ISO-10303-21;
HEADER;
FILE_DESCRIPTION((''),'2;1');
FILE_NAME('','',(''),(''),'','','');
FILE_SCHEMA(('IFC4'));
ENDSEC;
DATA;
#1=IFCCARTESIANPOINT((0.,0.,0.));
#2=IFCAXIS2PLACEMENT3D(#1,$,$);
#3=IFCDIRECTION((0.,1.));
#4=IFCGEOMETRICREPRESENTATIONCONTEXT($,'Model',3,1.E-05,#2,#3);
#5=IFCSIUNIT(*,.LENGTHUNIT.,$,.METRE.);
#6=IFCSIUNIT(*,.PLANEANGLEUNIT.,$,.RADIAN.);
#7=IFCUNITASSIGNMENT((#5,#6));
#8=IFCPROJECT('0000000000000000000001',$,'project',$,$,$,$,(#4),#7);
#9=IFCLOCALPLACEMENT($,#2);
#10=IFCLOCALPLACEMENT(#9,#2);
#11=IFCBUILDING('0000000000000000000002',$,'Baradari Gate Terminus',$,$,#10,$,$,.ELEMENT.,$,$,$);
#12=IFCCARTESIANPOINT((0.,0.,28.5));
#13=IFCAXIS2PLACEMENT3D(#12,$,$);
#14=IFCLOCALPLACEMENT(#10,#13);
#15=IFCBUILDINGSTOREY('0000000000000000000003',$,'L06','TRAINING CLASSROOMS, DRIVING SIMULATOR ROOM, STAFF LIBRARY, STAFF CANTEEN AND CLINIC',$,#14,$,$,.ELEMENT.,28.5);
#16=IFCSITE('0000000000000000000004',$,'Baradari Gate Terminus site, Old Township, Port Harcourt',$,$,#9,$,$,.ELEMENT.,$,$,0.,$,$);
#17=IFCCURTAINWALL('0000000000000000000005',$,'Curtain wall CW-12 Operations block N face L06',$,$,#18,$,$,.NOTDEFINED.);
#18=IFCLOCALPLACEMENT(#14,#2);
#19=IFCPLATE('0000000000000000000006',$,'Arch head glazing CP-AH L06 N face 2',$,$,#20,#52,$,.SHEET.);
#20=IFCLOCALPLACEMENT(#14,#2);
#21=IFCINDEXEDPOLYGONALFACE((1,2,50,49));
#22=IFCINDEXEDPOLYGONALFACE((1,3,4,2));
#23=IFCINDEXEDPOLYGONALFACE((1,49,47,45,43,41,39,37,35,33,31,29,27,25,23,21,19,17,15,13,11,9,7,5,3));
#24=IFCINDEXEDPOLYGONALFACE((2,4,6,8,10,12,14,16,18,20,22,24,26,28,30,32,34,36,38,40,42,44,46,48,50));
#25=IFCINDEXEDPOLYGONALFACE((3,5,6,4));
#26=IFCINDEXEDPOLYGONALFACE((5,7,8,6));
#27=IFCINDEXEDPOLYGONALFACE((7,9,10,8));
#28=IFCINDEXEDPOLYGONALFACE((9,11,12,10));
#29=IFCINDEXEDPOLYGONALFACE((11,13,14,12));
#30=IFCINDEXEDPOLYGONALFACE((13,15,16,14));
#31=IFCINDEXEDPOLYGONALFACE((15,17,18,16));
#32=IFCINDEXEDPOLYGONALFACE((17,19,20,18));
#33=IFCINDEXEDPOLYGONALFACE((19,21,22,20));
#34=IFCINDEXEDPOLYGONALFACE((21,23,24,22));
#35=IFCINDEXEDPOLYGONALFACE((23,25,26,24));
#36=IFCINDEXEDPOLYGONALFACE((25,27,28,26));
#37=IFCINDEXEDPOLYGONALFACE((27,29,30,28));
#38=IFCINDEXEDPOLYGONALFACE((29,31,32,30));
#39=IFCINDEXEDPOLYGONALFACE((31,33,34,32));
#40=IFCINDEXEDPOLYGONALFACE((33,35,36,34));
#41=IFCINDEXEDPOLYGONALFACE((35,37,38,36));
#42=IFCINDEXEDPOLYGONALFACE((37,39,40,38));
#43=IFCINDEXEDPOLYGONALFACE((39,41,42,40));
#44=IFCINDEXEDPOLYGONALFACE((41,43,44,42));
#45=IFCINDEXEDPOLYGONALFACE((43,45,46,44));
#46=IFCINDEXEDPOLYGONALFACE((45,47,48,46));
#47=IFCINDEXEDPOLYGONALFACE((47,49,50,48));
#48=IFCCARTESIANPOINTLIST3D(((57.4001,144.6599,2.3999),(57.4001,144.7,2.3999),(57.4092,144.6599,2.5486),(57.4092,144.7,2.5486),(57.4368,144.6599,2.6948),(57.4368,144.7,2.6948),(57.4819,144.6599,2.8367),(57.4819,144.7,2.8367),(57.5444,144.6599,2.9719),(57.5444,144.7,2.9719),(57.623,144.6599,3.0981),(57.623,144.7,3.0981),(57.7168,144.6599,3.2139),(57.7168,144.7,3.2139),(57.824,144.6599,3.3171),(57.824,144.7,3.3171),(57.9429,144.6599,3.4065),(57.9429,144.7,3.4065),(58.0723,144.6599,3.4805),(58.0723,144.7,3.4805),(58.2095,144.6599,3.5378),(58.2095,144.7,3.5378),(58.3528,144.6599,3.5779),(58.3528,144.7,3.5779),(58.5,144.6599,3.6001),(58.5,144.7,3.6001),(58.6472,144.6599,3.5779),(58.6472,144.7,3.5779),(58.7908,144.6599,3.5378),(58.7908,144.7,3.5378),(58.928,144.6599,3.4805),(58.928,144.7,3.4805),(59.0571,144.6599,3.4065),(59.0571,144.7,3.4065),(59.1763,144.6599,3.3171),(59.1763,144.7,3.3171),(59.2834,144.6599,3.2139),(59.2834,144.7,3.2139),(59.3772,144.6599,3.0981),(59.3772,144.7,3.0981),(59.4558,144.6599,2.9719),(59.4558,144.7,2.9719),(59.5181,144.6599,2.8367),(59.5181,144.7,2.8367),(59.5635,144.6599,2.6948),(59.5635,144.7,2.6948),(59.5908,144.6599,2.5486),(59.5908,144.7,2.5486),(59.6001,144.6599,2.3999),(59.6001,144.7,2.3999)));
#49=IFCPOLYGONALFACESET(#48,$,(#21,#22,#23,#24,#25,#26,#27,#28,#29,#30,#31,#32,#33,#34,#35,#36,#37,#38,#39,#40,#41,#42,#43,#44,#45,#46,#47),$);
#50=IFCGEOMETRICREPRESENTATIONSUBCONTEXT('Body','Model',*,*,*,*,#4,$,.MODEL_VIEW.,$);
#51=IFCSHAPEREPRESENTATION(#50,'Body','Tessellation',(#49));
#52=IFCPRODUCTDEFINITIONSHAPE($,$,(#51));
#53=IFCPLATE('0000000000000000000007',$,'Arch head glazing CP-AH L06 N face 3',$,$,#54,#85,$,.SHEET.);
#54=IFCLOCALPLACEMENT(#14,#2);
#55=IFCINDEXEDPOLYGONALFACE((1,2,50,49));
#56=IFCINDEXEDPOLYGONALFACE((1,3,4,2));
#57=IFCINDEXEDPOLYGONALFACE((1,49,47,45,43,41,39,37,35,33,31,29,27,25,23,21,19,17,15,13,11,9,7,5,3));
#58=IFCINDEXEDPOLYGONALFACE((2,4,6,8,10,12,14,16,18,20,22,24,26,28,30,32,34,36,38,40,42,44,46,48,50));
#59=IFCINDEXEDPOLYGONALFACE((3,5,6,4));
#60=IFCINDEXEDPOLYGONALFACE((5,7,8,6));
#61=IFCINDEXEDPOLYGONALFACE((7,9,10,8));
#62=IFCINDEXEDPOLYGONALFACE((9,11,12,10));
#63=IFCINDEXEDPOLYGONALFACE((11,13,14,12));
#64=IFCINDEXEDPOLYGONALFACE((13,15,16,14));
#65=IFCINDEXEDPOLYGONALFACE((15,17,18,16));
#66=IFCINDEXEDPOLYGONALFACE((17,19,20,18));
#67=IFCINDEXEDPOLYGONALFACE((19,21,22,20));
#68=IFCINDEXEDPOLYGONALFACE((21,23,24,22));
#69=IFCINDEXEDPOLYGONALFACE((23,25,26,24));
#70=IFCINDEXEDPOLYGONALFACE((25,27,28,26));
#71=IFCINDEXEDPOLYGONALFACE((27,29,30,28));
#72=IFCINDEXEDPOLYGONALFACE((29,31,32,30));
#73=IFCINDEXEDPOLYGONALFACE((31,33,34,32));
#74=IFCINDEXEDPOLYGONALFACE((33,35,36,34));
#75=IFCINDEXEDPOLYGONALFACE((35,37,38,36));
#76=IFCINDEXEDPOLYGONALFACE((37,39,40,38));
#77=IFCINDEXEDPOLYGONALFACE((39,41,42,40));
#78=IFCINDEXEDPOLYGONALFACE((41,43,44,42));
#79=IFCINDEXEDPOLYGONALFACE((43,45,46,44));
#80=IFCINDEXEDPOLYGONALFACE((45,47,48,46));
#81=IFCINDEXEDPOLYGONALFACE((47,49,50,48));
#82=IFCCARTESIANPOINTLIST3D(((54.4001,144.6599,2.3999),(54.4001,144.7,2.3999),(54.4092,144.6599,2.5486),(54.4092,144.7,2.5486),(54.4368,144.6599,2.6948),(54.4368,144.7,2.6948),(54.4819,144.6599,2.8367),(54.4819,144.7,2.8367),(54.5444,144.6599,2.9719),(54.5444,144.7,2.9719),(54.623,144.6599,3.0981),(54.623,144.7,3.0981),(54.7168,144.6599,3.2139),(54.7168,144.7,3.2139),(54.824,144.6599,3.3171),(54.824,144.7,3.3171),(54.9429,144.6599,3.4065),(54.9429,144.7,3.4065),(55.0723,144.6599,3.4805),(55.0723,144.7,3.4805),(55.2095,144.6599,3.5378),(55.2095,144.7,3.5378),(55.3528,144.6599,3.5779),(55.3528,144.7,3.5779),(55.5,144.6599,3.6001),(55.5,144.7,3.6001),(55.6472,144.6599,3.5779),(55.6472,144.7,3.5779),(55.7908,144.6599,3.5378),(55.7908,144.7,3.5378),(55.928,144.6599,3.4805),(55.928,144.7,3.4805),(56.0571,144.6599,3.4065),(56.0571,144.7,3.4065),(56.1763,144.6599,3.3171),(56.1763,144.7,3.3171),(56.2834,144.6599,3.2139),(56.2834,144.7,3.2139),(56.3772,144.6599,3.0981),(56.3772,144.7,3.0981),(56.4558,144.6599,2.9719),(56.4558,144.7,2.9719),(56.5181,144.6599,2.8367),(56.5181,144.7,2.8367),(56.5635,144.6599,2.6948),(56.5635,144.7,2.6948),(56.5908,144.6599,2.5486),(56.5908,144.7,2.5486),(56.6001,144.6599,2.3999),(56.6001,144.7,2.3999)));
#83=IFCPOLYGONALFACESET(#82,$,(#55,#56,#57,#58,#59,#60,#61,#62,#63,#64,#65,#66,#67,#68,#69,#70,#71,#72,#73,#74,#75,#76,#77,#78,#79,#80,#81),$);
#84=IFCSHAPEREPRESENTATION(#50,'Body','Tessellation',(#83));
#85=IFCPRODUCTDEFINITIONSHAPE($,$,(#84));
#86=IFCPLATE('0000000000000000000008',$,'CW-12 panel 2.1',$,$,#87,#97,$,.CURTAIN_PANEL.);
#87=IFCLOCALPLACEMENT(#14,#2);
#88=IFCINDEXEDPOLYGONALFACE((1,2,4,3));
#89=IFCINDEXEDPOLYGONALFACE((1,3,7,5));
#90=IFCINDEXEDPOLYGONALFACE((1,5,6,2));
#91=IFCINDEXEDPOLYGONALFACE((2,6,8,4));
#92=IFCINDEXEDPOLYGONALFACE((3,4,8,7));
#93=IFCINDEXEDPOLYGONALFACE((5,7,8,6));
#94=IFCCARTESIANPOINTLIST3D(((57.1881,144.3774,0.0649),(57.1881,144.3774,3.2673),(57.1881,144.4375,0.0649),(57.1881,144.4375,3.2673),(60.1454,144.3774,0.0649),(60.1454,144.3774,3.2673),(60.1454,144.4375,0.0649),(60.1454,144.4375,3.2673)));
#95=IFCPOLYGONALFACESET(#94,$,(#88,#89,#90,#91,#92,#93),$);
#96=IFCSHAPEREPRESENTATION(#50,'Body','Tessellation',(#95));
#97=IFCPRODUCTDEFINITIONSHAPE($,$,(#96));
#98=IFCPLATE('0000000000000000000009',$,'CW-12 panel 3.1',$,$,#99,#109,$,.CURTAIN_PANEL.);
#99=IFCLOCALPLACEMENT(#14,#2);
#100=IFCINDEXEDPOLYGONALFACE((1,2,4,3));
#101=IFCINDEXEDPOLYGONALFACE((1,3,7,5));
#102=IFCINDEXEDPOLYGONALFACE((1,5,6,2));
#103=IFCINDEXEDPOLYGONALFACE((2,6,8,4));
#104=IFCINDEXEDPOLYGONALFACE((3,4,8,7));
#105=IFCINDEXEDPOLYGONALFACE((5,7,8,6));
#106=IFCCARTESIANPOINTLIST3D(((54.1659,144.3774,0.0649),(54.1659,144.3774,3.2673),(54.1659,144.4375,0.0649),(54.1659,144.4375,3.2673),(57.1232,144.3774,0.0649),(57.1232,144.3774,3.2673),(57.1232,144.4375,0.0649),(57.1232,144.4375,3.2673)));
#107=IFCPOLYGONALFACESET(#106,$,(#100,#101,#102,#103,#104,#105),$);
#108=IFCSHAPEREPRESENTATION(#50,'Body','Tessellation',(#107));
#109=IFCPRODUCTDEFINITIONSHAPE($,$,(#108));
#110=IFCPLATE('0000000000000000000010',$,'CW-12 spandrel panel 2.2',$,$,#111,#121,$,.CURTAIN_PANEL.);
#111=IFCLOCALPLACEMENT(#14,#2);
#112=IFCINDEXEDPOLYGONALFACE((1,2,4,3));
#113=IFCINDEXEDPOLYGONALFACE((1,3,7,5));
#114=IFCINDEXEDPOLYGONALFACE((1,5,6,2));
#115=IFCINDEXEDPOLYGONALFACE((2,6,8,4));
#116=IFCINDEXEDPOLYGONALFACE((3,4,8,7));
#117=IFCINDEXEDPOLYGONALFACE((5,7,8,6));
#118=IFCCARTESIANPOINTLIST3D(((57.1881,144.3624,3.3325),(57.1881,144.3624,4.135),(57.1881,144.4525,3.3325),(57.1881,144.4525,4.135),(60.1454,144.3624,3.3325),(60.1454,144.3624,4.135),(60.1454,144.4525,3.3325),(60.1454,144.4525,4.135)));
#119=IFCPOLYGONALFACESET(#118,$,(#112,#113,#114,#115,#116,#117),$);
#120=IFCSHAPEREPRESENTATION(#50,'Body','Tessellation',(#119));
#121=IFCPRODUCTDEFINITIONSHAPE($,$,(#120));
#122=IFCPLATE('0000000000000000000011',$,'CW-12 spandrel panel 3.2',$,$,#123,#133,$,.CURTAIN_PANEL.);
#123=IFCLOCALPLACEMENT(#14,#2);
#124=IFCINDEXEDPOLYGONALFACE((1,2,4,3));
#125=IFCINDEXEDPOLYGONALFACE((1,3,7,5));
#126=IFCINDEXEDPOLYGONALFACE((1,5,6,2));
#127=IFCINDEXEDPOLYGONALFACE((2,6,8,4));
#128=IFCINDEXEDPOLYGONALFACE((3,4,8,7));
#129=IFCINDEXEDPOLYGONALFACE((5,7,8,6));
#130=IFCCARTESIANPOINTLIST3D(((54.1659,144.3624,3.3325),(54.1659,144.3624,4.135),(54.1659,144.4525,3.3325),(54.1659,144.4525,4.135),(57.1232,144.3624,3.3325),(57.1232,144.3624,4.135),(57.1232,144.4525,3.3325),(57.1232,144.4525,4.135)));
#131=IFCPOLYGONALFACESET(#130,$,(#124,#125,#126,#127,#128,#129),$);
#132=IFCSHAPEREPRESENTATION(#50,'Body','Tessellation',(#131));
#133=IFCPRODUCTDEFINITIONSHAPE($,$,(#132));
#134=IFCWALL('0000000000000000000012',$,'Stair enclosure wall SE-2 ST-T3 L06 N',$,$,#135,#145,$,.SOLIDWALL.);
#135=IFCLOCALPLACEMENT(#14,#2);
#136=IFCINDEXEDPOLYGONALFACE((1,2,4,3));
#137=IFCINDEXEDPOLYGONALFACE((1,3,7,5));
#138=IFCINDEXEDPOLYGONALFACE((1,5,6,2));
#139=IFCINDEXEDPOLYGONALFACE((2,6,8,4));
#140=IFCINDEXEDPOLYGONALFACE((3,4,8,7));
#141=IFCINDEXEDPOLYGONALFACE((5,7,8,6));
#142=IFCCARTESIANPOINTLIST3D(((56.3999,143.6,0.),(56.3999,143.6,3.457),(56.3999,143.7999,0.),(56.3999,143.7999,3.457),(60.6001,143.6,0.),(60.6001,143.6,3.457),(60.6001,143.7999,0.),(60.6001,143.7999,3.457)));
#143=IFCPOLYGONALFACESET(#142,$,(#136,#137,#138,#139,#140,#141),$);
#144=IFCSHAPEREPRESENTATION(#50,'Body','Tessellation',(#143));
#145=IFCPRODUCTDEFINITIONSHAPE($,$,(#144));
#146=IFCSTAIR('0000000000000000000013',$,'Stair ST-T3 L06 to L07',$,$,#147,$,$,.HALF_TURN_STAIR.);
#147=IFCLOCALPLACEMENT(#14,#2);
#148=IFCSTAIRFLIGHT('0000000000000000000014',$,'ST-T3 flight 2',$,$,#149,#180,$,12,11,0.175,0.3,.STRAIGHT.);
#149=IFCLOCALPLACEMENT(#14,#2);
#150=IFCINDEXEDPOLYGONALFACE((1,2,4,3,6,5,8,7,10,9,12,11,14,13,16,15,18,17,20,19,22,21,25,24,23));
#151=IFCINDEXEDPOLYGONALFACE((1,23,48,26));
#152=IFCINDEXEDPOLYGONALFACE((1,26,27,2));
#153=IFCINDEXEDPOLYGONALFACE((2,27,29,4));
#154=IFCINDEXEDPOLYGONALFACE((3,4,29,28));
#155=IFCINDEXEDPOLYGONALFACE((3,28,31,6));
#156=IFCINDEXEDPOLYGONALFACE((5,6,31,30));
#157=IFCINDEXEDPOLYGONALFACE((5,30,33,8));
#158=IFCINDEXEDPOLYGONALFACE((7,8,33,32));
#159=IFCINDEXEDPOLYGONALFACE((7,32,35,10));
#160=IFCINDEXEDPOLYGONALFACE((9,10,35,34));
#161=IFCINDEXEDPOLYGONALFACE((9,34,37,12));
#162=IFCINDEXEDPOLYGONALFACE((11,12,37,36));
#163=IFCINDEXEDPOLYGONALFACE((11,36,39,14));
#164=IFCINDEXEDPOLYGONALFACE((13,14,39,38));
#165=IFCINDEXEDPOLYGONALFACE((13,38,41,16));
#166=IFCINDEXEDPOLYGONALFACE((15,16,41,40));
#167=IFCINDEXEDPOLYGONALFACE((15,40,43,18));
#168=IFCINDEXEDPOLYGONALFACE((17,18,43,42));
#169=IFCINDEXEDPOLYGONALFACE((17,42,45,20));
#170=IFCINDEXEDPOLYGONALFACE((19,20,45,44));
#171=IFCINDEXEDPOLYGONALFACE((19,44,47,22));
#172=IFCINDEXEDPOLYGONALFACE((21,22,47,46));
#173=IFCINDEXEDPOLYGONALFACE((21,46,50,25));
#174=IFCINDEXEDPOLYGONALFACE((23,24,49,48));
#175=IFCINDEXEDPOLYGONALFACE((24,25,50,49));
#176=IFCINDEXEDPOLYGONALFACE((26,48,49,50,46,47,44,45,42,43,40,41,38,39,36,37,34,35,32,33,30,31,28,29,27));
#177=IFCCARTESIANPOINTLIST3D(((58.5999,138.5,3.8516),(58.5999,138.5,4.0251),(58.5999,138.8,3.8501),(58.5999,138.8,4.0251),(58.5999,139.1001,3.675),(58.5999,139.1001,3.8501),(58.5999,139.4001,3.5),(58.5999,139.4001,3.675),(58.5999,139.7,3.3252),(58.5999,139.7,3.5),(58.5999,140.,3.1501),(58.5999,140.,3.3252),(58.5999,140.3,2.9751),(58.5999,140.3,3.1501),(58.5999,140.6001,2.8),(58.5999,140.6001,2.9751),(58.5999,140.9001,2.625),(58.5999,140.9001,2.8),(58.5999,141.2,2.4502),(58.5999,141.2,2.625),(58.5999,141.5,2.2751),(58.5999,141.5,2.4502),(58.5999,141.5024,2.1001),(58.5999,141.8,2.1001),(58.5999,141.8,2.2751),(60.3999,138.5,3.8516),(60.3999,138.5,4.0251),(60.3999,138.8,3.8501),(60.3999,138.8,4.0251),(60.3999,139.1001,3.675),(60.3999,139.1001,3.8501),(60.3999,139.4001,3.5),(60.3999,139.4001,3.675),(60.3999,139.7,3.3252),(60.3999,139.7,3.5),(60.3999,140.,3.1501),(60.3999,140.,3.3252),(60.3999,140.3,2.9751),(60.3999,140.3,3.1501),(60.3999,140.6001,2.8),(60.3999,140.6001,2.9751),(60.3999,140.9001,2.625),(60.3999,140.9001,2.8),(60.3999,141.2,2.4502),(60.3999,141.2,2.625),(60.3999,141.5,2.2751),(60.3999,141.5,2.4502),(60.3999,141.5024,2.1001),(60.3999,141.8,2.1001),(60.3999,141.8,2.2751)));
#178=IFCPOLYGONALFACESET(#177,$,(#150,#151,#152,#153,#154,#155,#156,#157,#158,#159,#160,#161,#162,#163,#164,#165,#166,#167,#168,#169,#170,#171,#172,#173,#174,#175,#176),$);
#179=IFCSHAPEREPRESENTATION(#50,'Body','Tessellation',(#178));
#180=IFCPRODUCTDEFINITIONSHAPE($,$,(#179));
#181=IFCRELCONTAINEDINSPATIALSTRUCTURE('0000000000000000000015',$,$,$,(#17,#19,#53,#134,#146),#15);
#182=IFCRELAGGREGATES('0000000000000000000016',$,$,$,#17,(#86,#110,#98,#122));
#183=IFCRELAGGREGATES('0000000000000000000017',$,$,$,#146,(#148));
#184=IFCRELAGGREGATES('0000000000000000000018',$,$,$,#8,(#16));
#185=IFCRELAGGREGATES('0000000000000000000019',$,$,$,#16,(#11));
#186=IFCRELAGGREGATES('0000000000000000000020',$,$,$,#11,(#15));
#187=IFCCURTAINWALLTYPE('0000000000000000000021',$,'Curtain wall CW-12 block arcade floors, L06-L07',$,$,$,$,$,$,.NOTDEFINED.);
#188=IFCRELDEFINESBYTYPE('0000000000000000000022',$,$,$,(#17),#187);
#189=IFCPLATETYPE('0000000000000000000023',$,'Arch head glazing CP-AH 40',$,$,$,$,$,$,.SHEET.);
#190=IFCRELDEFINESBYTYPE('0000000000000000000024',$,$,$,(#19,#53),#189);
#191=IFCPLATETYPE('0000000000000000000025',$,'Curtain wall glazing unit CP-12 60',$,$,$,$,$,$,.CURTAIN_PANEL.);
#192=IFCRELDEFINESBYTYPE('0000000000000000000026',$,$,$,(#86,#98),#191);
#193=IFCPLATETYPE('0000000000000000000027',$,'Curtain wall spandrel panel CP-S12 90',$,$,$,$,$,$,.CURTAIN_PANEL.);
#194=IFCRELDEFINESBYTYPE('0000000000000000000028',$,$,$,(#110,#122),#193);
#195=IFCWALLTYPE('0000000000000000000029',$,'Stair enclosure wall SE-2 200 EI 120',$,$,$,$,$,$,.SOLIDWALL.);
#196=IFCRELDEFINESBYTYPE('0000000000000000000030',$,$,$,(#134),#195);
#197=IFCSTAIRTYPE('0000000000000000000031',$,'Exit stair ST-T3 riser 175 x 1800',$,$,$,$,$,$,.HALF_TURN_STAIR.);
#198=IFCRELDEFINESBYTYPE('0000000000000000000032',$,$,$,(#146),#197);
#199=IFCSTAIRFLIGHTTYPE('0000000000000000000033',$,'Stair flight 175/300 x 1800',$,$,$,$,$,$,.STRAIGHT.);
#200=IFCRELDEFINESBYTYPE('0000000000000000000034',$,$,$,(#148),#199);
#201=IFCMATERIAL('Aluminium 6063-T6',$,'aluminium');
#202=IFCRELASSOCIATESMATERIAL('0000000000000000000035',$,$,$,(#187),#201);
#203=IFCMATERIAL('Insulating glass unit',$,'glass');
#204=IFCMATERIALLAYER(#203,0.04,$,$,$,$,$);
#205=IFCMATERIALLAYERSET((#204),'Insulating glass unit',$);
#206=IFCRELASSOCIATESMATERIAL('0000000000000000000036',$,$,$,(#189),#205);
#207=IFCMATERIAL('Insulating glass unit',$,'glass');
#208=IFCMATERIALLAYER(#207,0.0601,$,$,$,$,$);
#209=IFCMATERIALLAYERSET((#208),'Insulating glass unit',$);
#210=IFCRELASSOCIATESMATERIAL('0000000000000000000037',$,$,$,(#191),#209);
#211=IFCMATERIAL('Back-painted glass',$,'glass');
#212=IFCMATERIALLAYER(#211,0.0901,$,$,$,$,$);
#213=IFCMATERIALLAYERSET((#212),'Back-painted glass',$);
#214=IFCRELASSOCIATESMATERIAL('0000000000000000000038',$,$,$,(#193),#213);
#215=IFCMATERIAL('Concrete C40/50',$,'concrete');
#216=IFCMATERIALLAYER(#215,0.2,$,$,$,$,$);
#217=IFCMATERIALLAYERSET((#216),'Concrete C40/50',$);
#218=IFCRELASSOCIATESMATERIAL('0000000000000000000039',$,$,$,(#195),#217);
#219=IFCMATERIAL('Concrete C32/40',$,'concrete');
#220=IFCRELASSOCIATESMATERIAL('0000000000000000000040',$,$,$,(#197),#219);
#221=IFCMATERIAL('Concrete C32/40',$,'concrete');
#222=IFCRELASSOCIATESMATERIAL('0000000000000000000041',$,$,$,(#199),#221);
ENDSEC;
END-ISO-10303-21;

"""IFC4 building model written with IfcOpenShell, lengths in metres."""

from ifc_helpers import new_model, si_unit, direction, frame, frame_2d, origin, origin_2d, place, context, subcontext, project, spatial, polyline, rectangle, outline, extrude, material, layer, layer_set, type_object, element, aggregate, save


model = new_model("IFC4")

# Units and contexts
model_context = context("Model", 3, precision=1e-05, world=origin(), true_north=direction((0.0, 1.0)))
body_context = subcontext(model_context, "Body", "Model", "MODEL_VIEW")
ifc_project = project(units=[si_unit("LENGTHUNIT", "METRE"), si_unit("PLANEANGLEUNIT", "RADIAN")], contexts=[model_context])

# Site, building, storey
site_placement = place(None, origin())
site = spatial("IfcSite", under=ifc_project, at=site_placement, Name="Baradari Gate Terminus site, Old Township, Port Harcourt", CompositionType="ELEMENT", RefElevation=0.0)
building_placement = place(site_placement, origin())
building = spatial("IfcBuilding", under=site, at=building_placement, Name="Baradari Gate Terminus", CompositionType="ELEMENT")
storey_placement = place(building_placement, frame((0.0, 0.0, 28.5)))
storey = spatial("IfcBuildingStorey", under=building, at=storey_placement, Name="L06", Description="TRAINING CLASSROOMS, DRIVING SIMULATOR ROOM, STAFF LIBRARY, STAFF CANTEEN AND CLINIC", CompositionType="ELEMENT", Elevation=28.5)

# Curtain wall
ifc_material_1 = material(Name="Aluminium 6063-T6", Category="aluminium")
curtain_wall_type = type_object("IfcCurtainWallType", Name="Curtain wall CW-12 block arcade floors, L06-L07", PredefinedType="NOTDEFINED", material=ifc_material_1)
curtain_wall_placement = place(storey_placement, origin())
curtain_wall = element("IfcCurtainWall", 1, at=curtain_wall_placement, inside=storey, type_object=curtain_wall_type, Name="Curtain wall CW-12 Operations block N face L06", PredefinedType="NOTDEFINED")

# Plates
ifc_material_2 = material(Name="Insulating glass unit", Category="glass")
ifc_layer_1 = layer(ifc_material_2, 0.04)
ifc_layer_set_1 = layer_set([ifc_layer_1], Name="Insulating glass unit")
plate_type_1 = type_object("IfcPlateType", Name="Arch head glazing CP-AH 40", PredefinedType="SHEET", material=ifc_layer_set_1)
for number, where, z_axis, x_axis, name in (
    (2, (59.6001, 144.6799, 2.3999), (0.0, 0.0, 1.0), (-1.0, 0.0, 0.0), "Arch head glazing CP-AH L06 N face 2"),
    (3, (56.6001, 144.6799, 2.3999), (0.0, 0.0, 1.0), (-1.0, 0.0, 0.0), "Arch head glazing CP-AH L06 N face 3"),
):
    element("IfcPlate", number, at=place(storey_placement, frame(where, z_axis=z_axis, x_axis=x_axis)), inside=storey, type_object=plate_type_1, Name=name, PredefinedType="SHEET", context=body_context, shape_type="SweptSolid", body=[
        extrude(outline(polyline([(0.0, 0.0), (2.2, 0.0), (2.1909, 0.1487), (2.1633, 0.2949), (2.1182, 0.4368), (2.0557, 0.572), (1.9771, 0.6982), (1.8833, 0.814), (1.7761, 0.9172), (1.6572, 1.0066), (1.5278, 1.0806), (1.3906, 1.1379), (1.2473, 1.178), (1.1001, 1.2002), (0.9529, 1.178), (0.8093, 1.1379), (0.6721, 1.0806), (0.543, 1.0066), (0.4238, 0.9172), (0.3167, 0.814), (0.2229, 0.6982), (0.1443, 0.572), (0.082, 0.4368), (0.0366, 0.2949), (0.0093, 0.1487), (0.0, 0.0)])), frame((0.0, 0.02, 0.0), z_axis=(0.0, -1.0, 0.0), x_axis=(1.0, 0.0, 0.0)), (0.0, 0.0, 1.0), 0.04),
    ])

# Plates
ifc_material_3 = material(Name="Insulating glass unit", Category="glass")
ifc_layer_2 = layer(ifc_material_3, 0.0601)
ifc_layer_set_2 = layer_set([ifc_layer_2], Name="Insulating glass unit")
plate_type_2 = type_object("IfcPlateType", Name="Curtain wall glazing unit CP-12 60", PredefinedType="CURTAIN_PANEL", material=ifc_layer_set_2)
plate_1_placement = place(storey_placement, frame((58.6667, 144.4075, 0.0649), z_axis=(0.0, 0.0, 1.0), x_axis=(-1.0, 0.0, 0.0)))
plate_1 = element("IfcPlate", 4, at=plate_1_placement, type_object=plate_type_2, Name="CW-12 panel 2.1", PredefinedType="CURTAIN_PANEL", context=body_context, shape_type="SweptSolid", body=[
    extrude(rectangle(XDim=2.9573, YDim=0.0601, at=origin_2d()), origin(), (0.0, 0.0, 1.0), 3.2024),
])
plate_2_placement = place(storey_placement, frame((55.6445, 144.4075, 0.0649), z_axis=(0.0, 0.0, 1.0), x_axis=(-1.0, 0.0, 0.0)))
plate_2 = element("IfcPlate", 5, at=plate_2_placement, type_object=plate_type_2, Name="CW-12 panel 3.1", PredefinedType="CURTAIN_PANEL", context=body_context, shape_type="SweptSolid", body=[
    extrude(rectangle(XDim=2.9573, YDim=0.0601, at=origin_2d()), origin(), (0.0, 0.0, 1.0), 3.2024),
])
ifc_material_4 = material(Name="Back-painted glass", Category="glass")
ifc_layer_3 = layer(ifc_material_4, 0.0901)
ifc_layer_set_3 = layer_set([ifc_layer_3], Name="Back-painted glass")
plate_type_3 = type_object("IfcPlateType", Name="Curtain wall spandrel panel CP-S12 90", PredefinedType="CURTAIN_PANEL", material=ifc_layer_set_3)
plate_3_placement = place(storey_placement, frame((58.6667, 144.4075, 3.3325), z_axis=(0.0, 0.0, 1.0), x_axis=(-1.0, 0.0, 0.0)))
plate_3 = element("IfcPlate", 6, at=plate_3_placement, type_object=plate_type_3, Name="CW-12 spandrel panel 2.2", PredefinedType="CURTAIN_PANEL", context=body_context, shape_type="SweptSolid", body=[
    extrude(rectangle(XDim=2.9573, YDim=0.0901, at=origin_2d()), origin(), (0.0, 0.0, 1.0), 0.8025),
])
plate_4_placement = place(storey_placement, frame((55.6445, 144.4075, 3.3325), z_axis=(0.0, 0.0, 1.0), x_axis=(-1.0, 0.0, 0.0)))
plate_4 = element("IfcPlate", 7, at=plate_4_placement, type_object=plate_type_3, Name="CW-12 spandrel panel 3.2", PredefinedType="CURTAIN_PANEL", context=body_context, shape_type="SweptSolid", body=[
    extrude(rectangle(XDim=2.9573, YDim=0.0901, at=origin_2d()), origin(), (0.0, 0.0, 1.0), 0.8025),
])
aggregate(curtain_wall, [plate_1, plate_3, plate_2, plate_4])

# Wall
ifc_material_5 = material(Name="Concrete C40/50", Category="concrete")
ifc_layer_4 = layer(ifc_material_5, 0.2)
ifc_layer_set_4 = layer_set([ifc_layer_4], Name="Concrete C40/50")
wall_type = type_object("IfcWallType", Name="Stair enclosure wall SE-2 200 EI 120", PredefinedType="SOLIDWALL", material=ifc_layer_set_4)
wall_placement = place(storey_placement, frame((56.3999, 143.7, 0.0), z_axis=(0.0, 0.0, 1.0), x_axis=(1.0, 0.0, 0.0)))
element("IfcWall", 8, at=wall_placement, inside=storey, type_object=wall_type, Name="Stair enclosure wall SE-2 ST-T3 L06 N", PredefinedType="SOLIDWALL", context=body_context, shape_type="SweptSolid", body=[
    extrude(rectangle(XDim=4.2002, YDim=0.2, at=frame_2d((2.1001, 0.0))), origin(), (0.0, 0.0, 1.0), 3.457),
])

# Stair, stair flight
ifc_material_6 = material(Name="Concrete C32/40", Category="concrete")
stair_type = type_object("IfcStairType", Name="Exit stair ST-T3 riser 175 x 1800", PredefinedType="HALF_TURN_STAIR", material=ifc_material_6)
stair_placement = place(storey_placement, origin())
stair = element("IfcStair", 9, at=stair_placement, inside=storey, type_object=stair_type, Name="Stair ST-T3 L06 to L07", PredefinedType="HALF_TURN_STAIR")
ifc_material_7 = material(Name="Concrete C32/40", Category="concrete")
stair_flight_type = type_object("IfcStairFlightType", Name="Stair flight 175/300 x 1800", PredefinedType="STRAIGHT", material=ifc_material_7)
stair_flight_placement = place(storey_placement, frame((59.5, 141.8, 2.1001), z_axis=(0.0, 0.0, 1.0), x_axis=(0.0, -1.0, 0.0)))
stair_flight = element("IfcStairFlight", 10, at=stair_flight_placement, type_object=stair_flight_type, Name="ST-T3 flight 2", NumberOfRisers=12, NumberOfTreads=11, PredefinedType="STRAIGHT", RiserHeight=0.175, TreadLength=0.3, context=body_context, shape_type="SweptSolid", body=[
    extrude(outline(polyline([(0.0, 0.0), (0.0, 0.175), (0.3, 0.175), (0.3, 0.3501), (0.6001, 0.3501), (0.6001, 0.5249), (0.8999, 0.5249), (0.8999, 0.7), (1.2, 0.7), (1.2, 0.875), (1.5, 0.875), (1.5, 1.05), (1.8, 1.05), (1.8, 1.2251), (2.1001, 1.2251), (2.1001, 1.3999), (2.3999, 1.3999), (2.3999, 1.575), (2.7, 1.575), (2.7, 1.75), (3.0, 1.75), (3.0, 1.925), (3.3, 1.925), (3.3, 2.1001), (3.3, 1.7515), (0.2976, 0.0), (0.0, 0.0)])), frame((0.0, 0.8999, 0.0), z_axis=(0.0, -1.0, 0.0), x_axis=(1.0, 0.0, 0.0)), (0.0, 0.0, 1.0), 1.8),
])
aggregate(stair, [stair_flight])

save(model, "model.ifc")
